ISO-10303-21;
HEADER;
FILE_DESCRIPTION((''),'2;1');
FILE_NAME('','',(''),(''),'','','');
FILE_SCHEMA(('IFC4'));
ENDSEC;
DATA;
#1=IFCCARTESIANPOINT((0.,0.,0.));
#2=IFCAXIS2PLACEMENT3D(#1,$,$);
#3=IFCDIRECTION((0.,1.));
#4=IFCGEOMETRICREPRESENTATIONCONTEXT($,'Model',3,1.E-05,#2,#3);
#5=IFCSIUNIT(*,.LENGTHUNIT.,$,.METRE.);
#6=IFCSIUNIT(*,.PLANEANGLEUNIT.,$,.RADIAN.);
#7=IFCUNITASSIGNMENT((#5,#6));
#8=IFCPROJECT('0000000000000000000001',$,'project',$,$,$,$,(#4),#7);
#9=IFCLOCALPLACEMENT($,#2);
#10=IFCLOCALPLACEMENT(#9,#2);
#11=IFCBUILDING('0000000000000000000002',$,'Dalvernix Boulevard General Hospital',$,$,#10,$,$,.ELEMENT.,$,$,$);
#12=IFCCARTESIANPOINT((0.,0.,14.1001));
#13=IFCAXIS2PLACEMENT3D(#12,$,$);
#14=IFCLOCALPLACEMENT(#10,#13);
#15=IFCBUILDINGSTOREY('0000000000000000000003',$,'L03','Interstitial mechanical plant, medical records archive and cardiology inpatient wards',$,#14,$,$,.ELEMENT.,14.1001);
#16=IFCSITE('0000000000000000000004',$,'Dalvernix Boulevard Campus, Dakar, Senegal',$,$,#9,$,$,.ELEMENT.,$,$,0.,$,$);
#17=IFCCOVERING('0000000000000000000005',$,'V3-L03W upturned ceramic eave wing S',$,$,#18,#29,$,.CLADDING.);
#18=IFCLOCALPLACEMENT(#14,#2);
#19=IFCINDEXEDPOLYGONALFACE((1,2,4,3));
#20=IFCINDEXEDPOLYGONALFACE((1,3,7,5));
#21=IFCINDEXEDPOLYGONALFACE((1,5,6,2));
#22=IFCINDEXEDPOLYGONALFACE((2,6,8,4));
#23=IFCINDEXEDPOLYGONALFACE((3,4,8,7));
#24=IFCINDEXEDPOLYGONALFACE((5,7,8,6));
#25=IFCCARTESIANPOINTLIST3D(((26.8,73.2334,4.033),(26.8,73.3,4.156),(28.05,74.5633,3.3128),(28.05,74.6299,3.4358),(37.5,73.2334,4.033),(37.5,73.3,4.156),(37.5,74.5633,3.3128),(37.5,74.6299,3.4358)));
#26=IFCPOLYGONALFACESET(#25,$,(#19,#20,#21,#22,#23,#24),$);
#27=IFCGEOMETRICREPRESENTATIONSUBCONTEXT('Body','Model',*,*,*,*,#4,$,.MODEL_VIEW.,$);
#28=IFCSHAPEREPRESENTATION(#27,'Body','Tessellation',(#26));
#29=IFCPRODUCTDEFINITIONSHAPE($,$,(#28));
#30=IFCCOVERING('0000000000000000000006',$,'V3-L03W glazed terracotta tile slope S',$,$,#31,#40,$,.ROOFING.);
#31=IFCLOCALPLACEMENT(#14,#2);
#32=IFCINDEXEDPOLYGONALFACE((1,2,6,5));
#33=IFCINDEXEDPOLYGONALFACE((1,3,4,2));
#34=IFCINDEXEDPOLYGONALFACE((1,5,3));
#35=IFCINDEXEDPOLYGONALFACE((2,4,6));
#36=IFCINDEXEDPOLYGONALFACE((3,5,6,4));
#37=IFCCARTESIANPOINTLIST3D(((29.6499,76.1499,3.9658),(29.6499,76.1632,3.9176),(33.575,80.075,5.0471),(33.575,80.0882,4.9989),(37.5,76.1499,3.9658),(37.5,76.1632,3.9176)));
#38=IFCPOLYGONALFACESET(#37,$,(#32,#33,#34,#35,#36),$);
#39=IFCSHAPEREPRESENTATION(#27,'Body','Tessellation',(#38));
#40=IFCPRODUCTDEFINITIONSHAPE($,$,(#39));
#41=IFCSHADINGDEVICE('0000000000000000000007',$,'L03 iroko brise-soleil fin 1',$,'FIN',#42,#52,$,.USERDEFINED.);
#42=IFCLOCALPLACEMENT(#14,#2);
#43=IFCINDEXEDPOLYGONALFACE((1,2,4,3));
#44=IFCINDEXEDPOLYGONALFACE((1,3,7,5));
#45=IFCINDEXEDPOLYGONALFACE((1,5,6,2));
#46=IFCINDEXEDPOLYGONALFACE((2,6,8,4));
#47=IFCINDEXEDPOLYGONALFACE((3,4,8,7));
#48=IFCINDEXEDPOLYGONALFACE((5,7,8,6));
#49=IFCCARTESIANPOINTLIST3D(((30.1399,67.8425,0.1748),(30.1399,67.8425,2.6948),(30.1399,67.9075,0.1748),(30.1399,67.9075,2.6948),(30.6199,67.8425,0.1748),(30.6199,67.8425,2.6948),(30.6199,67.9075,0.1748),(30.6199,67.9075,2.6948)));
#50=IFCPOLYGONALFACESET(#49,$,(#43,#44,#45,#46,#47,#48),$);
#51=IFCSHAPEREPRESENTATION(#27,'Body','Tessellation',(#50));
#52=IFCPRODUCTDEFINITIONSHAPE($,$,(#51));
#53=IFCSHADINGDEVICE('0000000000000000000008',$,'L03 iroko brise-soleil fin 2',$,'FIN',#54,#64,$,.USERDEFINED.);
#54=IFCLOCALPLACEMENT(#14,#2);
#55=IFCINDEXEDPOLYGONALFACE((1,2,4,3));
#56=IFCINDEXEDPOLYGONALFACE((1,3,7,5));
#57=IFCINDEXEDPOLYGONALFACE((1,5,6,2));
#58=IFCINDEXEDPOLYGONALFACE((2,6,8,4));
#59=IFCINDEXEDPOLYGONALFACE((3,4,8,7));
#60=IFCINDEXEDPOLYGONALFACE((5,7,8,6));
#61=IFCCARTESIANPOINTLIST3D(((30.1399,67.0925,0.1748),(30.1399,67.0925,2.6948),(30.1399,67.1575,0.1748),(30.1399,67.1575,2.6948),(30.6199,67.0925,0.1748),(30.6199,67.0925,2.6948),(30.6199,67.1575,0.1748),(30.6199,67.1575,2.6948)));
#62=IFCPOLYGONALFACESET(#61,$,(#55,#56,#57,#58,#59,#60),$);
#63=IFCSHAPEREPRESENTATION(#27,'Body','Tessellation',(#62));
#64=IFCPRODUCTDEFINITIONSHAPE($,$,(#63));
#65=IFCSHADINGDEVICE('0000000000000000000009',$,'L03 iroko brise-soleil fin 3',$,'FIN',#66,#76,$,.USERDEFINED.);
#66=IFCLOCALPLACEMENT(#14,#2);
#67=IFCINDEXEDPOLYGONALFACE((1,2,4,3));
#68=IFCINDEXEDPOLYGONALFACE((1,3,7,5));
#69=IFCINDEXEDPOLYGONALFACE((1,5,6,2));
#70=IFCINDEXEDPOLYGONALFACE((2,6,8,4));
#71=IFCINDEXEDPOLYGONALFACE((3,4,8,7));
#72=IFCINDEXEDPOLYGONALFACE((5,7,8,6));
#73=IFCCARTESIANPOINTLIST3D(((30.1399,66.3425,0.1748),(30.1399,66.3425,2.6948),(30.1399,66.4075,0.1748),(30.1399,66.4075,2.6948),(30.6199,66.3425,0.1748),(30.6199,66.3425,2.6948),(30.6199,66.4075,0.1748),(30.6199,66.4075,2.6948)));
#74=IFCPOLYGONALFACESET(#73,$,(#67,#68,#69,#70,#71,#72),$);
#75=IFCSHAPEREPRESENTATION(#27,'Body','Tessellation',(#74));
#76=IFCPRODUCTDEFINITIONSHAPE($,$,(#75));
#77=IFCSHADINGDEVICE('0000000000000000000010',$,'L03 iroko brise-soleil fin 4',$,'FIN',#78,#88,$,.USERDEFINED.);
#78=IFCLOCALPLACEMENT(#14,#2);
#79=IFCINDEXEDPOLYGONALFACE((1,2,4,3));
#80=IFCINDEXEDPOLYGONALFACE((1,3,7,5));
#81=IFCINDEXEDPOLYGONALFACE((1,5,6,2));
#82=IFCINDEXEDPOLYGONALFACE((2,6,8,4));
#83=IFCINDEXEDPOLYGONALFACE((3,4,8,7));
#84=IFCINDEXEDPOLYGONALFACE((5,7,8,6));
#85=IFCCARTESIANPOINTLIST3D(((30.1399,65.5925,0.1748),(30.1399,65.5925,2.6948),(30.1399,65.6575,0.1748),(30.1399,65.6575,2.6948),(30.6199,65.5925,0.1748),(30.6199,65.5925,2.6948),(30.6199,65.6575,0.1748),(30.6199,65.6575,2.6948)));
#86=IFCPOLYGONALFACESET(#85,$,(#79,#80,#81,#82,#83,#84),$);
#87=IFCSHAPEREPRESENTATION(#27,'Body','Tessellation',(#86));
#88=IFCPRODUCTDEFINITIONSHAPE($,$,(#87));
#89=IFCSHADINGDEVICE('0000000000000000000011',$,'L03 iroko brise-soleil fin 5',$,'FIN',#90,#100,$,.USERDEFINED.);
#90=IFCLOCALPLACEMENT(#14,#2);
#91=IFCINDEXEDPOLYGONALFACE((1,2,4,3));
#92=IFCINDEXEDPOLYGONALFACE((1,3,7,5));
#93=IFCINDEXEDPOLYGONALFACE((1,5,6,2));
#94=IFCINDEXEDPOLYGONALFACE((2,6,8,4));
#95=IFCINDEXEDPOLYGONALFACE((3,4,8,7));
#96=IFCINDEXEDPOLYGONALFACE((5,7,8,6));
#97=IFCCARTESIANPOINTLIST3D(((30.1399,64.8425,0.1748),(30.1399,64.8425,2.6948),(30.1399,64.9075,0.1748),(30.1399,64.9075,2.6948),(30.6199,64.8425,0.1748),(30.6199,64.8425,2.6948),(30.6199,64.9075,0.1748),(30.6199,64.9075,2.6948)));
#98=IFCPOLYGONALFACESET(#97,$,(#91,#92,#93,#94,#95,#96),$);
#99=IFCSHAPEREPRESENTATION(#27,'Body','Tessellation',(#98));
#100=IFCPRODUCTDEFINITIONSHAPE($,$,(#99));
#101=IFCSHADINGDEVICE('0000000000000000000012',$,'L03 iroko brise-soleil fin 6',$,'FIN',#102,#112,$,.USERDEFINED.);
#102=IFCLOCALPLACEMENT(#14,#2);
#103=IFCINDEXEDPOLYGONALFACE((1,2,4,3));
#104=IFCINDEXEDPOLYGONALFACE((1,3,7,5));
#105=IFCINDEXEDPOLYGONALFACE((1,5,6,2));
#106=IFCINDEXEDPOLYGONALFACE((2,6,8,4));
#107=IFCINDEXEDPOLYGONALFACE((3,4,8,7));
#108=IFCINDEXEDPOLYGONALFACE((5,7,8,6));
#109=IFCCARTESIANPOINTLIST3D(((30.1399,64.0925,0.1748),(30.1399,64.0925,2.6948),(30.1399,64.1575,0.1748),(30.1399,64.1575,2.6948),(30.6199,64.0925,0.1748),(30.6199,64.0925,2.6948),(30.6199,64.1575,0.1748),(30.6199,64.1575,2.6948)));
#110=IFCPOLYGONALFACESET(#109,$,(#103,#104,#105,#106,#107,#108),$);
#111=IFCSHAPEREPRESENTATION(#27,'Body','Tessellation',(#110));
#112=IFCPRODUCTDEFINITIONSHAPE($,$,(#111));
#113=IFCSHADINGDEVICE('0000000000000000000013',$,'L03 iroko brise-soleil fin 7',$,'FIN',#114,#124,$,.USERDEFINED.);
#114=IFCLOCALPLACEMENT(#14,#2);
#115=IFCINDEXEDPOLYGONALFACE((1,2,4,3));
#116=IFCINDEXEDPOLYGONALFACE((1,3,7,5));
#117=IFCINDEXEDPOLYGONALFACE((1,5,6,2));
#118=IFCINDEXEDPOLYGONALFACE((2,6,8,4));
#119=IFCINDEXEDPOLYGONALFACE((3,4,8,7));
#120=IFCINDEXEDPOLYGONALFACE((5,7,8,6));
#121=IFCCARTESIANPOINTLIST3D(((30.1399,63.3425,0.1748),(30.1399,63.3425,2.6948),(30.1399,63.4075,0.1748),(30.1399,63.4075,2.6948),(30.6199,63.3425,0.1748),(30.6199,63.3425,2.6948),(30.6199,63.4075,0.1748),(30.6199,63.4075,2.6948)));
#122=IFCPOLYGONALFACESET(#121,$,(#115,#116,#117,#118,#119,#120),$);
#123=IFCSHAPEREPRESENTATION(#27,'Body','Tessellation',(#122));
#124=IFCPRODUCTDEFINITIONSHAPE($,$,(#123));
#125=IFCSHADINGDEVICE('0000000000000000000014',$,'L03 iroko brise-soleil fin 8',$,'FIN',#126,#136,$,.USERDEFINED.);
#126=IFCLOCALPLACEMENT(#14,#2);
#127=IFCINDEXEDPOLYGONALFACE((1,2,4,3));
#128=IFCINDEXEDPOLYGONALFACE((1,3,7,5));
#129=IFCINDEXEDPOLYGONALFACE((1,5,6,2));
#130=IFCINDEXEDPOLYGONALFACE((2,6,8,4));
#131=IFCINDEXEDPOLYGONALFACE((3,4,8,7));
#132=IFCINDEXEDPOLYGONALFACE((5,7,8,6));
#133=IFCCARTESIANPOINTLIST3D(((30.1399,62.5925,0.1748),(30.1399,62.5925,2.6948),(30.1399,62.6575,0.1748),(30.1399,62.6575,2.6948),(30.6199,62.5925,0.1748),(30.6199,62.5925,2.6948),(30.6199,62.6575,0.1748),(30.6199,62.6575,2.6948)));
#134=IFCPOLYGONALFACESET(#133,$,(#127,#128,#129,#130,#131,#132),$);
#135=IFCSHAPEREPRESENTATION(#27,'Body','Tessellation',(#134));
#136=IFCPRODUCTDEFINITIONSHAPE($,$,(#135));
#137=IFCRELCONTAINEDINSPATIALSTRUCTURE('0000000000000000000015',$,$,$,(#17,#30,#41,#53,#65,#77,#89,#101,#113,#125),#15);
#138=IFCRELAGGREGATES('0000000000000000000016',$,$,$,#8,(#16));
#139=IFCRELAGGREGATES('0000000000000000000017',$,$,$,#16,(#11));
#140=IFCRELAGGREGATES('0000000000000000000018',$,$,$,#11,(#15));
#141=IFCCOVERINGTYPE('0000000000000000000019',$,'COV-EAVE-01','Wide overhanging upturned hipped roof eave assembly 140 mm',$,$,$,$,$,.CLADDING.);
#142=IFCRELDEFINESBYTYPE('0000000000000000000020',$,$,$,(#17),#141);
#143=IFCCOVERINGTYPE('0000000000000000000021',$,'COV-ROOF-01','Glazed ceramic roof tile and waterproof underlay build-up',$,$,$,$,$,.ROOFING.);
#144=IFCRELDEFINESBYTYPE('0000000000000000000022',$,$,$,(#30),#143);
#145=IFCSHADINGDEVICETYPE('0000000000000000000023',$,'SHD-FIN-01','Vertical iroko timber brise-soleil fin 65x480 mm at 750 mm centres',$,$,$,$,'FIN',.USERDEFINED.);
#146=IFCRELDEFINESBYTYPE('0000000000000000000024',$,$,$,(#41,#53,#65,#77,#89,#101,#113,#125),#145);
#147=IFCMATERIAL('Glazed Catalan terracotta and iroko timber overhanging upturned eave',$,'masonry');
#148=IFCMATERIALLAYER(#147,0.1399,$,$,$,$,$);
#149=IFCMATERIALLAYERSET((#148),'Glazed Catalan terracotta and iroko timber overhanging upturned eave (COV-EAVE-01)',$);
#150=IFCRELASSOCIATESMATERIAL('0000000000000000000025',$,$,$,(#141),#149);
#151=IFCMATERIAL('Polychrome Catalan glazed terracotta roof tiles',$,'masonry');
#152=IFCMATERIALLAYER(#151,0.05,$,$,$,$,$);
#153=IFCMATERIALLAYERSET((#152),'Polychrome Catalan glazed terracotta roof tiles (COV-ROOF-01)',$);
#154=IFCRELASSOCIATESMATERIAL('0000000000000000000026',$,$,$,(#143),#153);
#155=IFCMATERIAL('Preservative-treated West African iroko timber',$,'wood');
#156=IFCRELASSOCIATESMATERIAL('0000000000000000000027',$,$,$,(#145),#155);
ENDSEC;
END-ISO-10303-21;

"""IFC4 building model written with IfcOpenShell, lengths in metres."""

from ifc_helpers import new_model, si_unit, direction, frame, origin, origin_2d, place, context, subcontext, project, spatial, polyline, rectangle, outline, extrude, material, layer, layer_set, type_object, element, save


model = new_model("IFC4")

# Units and contexts
model_context = context("Model", 3, precision=1e-05, world=origin(), true_north=direction((0.0, 1.0)))
body_context = subcontext(model_context, "Body", "Model", "MODEL_VIEW")
ifc_project = project(units=[si_unit("LENGTHUNIT", "METRE"), si_unit("PLANEANGLEUNIT", "RADIAN")], contexts=[model_context])

# Site, building, storey
site_placement = place(None, origin())
site = spatial("IfcSite", under=ifc_project, at=site_placement, Name="Dalvernix Boulevard Campus, Dakar, Senegal", CompositionType="ELEMENT", RefElevation=0.0)
building_placement = place(site_placement, origin())
building = spatial("IfcBuilding", under=site, at=building_placement, Name="Dalvernix Boulevard General Hospital", CompositionType="ELEMENT")
storey_placement = place(building_placement, frame((0.0, 0.0, 14.1001)))
storey = spatial("IfcBuildingStorey", under=building, at=storey_placement, Name="L03", Description="Interstitial mechanical plant, medical records archive and cardiology inpatient wards", CompositionType="ELEMENT", Elevation=14.1001)

# Coverings
ifc_material_1 = material(Name="Glazed Catalan terracotta and iroko timber overhanging upturned eave", Category="masonry")
ifc_layer_1 = layer(ifc_material_1, 0.1399)
ifc_layer_set_1 = layer_set([ifc_layer_1], Name="Glazed Catalan terracotta and iroko timber overhanging upturned eave (COV-EAVE-01)")
covering_type_1 = type_object("IfcCoveringType", Name="COV-EAVE-01", Description="Wide overhanging upturned hipped roof eave assembly 140 mm", PredefinedType="CLADDING", material=ifc_layer_set_1)
covering_1_placement = place(storey_placement, frame((28.05, 74.6299, 3.4358), z_axis=(0.0, 0.476226, 0.879323), x_axis=(1.0, 0.0, 0.0)))
element("IfcCovering", 1, at=covering_1_placement, inside=storey, type_object=covering_type_1, Name="V3-L03W upturned ceramic eave wing S", PredefinedType="CLADDING", context=body_context, shape_type="SweptSolid", body=[
    extrude(outline(polyline([(0.0, 0.0), (9.45, 0.0), (9.45, -1.5123), (-1.25, -1.5123), (0.0, 0.0)])), origin(), (0.0, 0.0, -1.0), 0.1399),
])
ifc_material_2 = material(Name="Polychrome Catalan glazed terracotta roof tiles", Category="masonry")
ifc_layer_2 = layer(ifc_material_2, 0.05)
ifc_layer_set_2 = layer_set([ifc_layer_2], Name="Polychrome Catalan glazed terracotta roof tiles (COV-ROOF-01)")
covering_type_2 = type_object("IfcCoveringType", Name="COV-ROOF-01", Description="Glazed ceramic roof tile and waterproof underlay build-up", PredefinedType="ROOFING", material=ifc_layer_set_2)
covering_2_placement = place(storey_placement, frame((29.6499, 76.1499, 3.9658), z_axis=(0.0, -0.265593, 0.964085), x_axis=(1.0, 0.0, 0.0)))
element("IfcCovering", 2, at=covering_2_placement, inside=storey, type_object=covering_type_2, Name="V3-L03W glazed terracotta tile slope S", PredefinedType="ROOFING", context=body_context, shape_type="SweptSolid", body=[
    extrude(outline(polyline([(0.0, 0.0), (7.8501, 0.0), (3.925, 4.0713), (0.0, 0.0)])), origin(), (0.0, 0.0, -1.0), 0.05),
])

# Shading devices
ifc_material_3 = material(Name="Preservative-treated West African iroko timber", Category="wood")
shading_device_type = type_object("IfcShadingDeviceType", Name="SHD-FIN-01", Description="Vertical iroko timber brise-soleil fin 65x480 mm at 750 mm centres", ElementType="FIN", PredefinedType="USERDEFINED", material=ifc_material_3)
for number, where, z_axis, x_axis, name in (
    (3, (30.3799, 67.875, 0.1748), (0.0, 0.0, 1.0), (0.0, -1.0, 0.0), "L03 iroko brise-soleil fin 1"),
    (4, (30.3799, 67.125, 0.1748), (0.0, 0.0, 1.0), (0.0, -1.0, 0.0), "L03 iroko brise-soleil fin 2"),
    (5, (30.3799, 66.375, 0.1748), (0.0, 0.0, 1.0), (0.0, -1.0, 0.0), "L03 iroko brise-soleil fin 3"),
    (6, (30.3799, 65.625, 0.1748), (0.0, 0.0, 1.0), (0.0, -1.0, 0.0), "L03 iroko brise-soleil fin 4"),
    (7, (30.3799, 64.875, 0.1748), (0.0, 0.0, 1.0), (0.0, -1.0, 0.0), "L03 iroko brise-soleil fin 5"),
    (8, (30.3799, 64.125, 0.1748), (0.0, 0.0, 1.0), (0.0, -1.0, 0.0), "L03 iroko brise-soleil fin 6"),
    (9, (30.3799, 63.375, 0.1748), (0.0, 0.0, 1.0), (0.0, -1.0, 0.0), "L03 iroko brise-soleil fin 7"),
    (10, (30.3799, 62.625, 0.1748), (0.0, 0.0, 1.0), (0.0, -1.0, 0.0), "L03 iroko brise-soleil fin 8"),
):
    element("IfcShadingDevice", number, at=place(storey_placement, frame(where, z_axis=z_axis, x_axis=x_axis)), inside=storey, type_object=shading_device_type, Name=name, ObjectType="FIN", PredefinedType="USERDEFINED", context=body_context, shape_type="SweptSolid", body=[
        extrude(rectangle(XDim=0.0649, YDim=0.48, at=origin_2d()), origin(), (0.0, 0.0, 1.0), 2.52),
    ])

save(model, "model.ifc")
